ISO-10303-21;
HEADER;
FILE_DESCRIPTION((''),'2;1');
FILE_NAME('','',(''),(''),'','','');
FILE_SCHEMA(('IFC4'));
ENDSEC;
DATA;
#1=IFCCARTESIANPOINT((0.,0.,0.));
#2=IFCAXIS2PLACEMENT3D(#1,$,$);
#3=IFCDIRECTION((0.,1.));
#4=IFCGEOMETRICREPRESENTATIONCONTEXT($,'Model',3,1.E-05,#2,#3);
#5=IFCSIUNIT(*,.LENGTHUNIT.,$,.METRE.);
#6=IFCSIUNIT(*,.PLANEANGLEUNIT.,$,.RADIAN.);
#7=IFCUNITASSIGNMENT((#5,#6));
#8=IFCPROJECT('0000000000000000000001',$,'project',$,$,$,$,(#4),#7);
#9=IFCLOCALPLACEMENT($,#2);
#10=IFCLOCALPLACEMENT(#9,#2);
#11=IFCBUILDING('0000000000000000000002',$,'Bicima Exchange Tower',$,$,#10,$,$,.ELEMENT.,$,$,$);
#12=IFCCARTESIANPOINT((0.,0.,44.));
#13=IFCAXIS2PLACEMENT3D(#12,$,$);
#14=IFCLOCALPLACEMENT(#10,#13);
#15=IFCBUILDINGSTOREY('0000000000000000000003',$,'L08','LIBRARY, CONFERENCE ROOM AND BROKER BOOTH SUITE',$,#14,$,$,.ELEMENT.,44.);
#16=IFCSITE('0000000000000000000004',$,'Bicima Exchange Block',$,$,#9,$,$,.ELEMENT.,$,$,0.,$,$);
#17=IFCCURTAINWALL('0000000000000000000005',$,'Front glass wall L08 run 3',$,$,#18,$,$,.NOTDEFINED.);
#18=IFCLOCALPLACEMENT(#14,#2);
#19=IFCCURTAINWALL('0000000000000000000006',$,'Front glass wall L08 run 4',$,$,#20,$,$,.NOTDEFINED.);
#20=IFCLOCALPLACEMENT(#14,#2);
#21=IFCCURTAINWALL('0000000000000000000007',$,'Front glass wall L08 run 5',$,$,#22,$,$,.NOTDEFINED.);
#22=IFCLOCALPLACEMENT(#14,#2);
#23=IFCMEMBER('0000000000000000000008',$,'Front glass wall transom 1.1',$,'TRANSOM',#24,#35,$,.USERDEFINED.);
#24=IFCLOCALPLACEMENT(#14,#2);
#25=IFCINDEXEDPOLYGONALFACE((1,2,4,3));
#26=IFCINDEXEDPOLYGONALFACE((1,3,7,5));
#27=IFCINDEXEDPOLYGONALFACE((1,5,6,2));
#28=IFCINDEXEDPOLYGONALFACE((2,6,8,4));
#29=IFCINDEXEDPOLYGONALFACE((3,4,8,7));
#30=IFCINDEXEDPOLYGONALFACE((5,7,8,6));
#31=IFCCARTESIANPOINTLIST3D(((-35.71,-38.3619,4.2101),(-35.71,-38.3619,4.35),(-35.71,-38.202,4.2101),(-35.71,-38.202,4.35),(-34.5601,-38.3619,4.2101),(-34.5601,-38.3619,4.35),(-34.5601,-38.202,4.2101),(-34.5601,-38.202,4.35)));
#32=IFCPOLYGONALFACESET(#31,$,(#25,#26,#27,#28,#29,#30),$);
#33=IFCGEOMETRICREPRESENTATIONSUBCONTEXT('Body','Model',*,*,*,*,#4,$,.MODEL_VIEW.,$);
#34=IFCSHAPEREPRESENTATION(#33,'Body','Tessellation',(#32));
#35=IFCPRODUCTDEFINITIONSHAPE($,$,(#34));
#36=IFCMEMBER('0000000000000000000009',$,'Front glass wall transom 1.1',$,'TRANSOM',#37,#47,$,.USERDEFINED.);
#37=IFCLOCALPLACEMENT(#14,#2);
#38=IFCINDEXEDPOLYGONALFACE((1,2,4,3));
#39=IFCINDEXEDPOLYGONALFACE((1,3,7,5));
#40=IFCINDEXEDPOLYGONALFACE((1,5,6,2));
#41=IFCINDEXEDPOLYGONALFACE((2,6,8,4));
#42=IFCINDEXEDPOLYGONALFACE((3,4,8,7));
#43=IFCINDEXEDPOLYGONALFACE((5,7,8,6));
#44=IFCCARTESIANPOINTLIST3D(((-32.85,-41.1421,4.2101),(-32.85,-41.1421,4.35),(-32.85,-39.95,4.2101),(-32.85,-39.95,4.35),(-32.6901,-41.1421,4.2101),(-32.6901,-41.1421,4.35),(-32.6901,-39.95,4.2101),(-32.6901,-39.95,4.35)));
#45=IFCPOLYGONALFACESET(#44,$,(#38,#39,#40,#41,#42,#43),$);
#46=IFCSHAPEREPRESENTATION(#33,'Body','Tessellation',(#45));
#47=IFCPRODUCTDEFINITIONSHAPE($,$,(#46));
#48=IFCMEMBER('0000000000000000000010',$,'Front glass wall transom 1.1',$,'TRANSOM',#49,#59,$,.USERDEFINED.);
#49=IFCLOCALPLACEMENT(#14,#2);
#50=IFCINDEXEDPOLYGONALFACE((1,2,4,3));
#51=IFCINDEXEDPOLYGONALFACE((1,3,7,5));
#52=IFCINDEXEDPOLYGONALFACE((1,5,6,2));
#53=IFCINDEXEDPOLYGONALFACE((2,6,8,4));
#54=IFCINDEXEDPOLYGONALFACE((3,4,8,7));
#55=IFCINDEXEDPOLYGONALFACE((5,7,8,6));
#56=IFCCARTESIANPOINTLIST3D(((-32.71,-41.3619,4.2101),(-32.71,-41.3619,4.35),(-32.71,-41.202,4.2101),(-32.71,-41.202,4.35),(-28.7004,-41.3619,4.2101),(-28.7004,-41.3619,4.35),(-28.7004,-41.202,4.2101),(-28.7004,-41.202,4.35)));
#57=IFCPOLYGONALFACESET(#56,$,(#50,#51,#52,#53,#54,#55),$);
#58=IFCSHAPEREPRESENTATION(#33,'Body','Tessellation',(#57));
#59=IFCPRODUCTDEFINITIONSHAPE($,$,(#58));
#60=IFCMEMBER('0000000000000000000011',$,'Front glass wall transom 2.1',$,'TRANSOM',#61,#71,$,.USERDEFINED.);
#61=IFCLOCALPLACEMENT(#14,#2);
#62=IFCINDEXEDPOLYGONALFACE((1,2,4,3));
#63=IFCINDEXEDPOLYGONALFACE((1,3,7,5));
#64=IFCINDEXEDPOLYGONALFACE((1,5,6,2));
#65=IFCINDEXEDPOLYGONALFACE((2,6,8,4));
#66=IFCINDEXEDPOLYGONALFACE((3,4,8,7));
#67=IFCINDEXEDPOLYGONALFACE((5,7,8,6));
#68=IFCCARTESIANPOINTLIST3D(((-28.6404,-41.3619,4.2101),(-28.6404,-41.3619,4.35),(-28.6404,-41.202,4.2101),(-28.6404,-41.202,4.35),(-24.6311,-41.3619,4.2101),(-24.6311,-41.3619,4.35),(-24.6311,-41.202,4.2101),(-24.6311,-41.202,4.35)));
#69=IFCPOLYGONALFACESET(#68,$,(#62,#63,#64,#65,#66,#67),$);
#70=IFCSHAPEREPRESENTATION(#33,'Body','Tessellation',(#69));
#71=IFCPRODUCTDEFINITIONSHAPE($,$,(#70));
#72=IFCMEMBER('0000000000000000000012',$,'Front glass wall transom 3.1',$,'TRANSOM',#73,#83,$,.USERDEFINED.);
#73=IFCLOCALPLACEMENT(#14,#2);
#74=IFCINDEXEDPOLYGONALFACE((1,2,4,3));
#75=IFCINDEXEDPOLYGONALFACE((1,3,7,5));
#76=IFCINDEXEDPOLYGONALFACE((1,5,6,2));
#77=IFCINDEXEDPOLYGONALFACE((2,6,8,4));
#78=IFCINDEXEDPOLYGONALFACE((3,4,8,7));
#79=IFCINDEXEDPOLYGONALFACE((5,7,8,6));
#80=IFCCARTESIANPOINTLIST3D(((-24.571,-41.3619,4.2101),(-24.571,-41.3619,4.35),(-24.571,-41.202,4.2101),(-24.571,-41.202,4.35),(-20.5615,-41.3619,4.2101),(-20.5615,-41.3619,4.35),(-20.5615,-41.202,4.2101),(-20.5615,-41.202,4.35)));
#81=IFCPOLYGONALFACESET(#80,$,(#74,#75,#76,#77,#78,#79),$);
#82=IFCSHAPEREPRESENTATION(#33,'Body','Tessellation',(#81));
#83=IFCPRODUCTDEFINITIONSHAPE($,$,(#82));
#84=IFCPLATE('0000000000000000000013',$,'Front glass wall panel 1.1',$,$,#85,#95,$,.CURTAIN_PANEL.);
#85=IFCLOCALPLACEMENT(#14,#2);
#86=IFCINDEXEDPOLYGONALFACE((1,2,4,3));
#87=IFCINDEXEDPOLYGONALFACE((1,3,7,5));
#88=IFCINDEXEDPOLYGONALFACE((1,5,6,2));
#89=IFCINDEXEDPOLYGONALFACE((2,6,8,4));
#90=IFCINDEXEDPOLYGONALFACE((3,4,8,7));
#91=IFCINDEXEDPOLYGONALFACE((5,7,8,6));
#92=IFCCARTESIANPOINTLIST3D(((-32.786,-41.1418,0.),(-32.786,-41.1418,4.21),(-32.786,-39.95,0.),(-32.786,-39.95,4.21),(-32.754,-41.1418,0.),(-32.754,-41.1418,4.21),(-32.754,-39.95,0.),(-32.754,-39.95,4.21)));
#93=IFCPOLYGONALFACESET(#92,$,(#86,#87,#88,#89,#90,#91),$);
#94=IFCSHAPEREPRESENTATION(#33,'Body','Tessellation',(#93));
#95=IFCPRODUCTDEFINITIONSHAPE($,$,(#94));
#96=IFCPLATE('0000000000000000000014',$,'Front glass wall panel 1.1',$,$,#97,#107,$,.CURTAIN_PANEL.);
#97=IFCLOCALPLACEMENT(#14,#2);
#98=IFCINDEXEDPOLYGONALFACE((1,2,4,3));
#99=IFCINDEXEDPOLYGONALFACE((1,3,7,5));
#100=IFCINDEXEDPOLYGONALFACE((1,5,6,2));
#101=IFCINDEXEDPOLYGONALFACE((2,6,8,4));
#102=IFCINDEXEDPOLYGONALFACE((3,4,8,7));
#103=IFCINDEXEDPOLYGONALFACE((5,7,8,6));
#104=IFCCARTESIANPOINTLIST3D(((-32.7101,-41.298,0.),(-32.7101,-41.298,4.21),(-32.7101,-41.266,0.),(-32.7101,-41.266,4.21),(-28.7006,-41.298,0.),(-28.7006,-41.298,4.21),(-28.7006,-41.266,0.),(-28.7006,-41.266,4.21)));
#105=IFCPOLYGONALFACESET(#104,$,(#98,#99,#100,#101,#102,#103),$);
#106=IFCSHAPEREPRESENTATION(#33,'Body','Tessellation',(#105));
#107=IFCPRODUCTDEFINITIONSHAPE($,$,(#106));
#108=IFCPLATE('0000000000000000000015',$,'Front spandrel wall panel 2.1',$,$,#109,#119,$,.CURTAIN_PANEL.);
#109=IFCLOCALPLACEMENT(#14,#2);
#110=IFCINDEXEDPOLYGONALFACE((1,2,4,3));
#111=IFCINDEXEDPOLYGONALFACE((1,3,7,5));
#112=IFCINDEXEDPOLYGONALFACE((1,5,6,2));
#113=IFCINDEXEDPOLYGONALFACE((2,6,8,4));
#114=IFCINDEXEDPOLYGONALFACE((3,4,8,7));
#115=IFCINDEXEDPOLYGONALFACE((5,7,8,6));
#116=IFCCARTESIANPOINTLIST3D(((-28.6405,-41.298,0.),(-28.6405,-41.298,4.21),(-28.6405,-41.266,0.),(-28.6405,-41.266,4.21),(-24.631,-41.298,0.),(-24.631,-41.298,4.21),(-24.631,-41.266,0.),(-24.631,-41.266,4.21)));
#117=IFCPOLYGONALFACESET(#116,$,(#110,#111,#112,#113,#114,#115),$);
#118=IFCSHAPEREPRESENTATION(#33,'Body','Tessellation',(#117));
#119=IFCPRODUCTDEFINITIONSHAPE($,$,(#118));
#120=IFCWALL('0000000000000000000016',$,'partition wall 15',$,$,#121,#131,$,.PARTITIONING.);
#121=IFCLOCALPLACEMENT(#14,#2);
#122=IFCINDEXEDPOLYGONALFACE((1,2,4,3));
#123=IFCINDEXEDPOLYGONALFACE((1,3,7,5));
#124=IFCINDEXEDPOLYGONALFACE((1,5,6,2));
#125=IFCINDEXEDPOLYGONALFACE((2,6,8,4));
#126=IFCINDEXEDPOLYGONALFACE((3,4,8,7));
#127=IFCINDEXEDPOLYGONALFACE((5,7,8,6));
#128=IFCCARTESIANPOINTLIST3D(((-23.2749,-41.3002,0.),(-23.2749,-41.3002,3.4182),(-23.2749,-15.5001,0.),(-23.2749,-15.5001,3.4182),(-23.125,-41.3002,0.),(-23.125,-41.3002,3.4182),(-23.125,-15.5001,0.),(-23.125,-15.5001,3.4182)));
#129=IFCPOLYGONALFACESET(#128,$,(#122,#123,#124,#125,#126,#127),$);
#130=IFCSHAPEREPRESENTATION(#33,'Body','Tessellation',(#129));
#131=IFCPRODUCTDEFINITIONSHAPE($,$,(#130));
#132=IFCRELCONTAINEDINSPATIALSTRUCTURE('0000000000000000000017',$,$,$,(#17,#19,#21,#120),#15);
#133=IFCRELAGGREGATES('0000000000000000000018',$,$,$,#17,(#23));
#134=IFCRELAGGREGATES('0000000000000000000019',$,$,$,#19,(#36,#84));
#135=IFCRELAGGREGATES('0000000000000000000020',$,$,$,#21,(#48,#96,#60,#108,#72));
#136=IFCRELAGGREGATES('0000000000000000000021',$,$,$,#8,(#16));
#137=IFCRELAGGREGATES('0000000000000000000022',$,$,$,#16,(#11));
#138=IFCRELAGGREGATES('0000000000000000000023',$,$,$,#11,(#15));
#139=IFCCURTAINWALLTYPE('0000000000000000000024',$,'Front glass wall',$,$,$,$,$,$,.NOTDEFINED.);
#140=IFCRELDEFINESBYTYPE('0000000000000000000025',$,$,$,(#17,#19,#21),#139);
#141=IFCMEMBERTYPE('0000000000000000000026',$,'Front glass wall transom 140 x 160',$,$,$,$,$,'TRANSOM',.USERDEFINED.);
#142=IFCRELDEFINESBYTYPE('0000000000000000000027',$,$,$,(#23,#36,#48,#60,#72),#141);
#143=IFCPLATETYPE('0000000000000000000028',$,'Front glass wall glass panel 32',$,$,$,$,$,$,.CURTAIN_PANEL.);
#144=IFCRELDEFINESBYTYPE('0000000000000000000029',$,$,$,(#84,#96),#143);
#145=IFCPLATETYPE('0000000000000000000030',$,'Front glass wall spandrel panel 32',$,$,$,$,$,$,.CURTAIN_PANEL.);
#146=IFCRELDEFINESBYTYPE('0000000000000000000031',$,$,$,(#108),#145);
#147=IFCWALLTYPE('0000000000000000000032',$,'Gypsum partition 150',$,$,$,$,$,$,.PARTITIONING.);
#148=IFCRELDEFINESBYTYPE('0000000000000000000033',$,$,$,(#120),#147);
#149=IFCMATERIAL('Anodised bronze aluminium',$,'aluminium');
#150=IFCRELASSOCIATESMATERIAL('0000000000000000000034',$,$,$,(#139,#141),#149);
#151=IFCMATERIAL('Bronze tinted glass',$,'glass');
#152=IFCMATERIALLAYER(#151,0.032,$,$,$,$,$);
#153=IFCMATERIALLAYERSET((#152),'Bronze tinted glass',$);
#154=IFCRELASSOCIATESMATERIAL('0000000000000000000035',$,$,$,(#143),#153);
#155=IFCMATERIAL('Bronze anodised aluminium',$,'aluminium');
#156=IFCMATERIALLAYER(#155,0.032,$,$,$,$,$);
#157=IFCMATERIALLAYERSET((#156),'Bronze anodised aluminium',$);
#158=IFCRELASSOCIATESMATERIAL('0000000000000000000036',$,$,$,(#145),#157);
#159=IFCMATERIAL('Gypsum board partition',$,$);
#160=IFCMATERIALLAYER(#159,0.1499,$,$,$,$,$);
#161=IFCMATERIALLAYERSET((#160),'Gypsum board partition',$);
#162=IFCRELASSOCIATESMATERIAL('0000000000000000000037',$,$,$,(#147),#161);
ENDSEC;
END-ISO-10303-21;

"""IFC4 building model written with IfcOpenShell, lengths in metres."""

from ifc_helpers import new_model, si_unit, direction, frame, frame_2d, origin, origin_2d, place, context, subcontext, project, spatial, rectangle, extrude, material, layer, layer_set, material_profile, profile_set, type_object, element, aggregate, save


model = new_model("IFC4")

# Units and contexts
model_context = context("Model", 3, precision=1e-05, world=origin(), true_north=direction((0.0, 1.0)))
body_context = subcontext(model_context, "Body", "Model", "MODEL_VIEW")
ifc_project = project(units=[si_unit("LENGTHUNIT", "METRE"), si_unit("PLANEANGLEUNIT", "RADIAN")], contexts=[model_context])

# Site, building, storey
site_placement = place(None, origin())
site = spatial("IfcSite", under=ifc_project, at=site_placement, Name="Bicima Exchange Block", CompositionType="ELEMENT", RefElevation=0.0)
building_placement = place(site_placement, origin())
building = spatial("IfcBuilding", under=site, at=building_placement, Name="Bicima Exchange Tower", CompositionType="ELEMENT")
storey_placement = place(building_placement, frame((0.0, 0.0, 44.0)))
storey = spatial("IfcBuildingStorey", under=building, at=storey_placement, Name="L08", Description="LIBRARY, CONFERENCE ROOM AND BROKER BOOTH SUITE", CompositionType="ELEMENT", Elevation=44.0)

# Curtain wall
ifc_material_1 = material(Name="Anodised bronze aluminium", Category="aluminium")
curtain_wall_type = type_object("IfcCurtainWallType", Name="Front glass wall", PredefinedType="NOTDEFINED", material=ifc_material_1)
curtain_wall_1_placement = place(storey_placement, origin())
curtain_wall_1 = element("IfcCurtainWall", 1, at=curtain_wall_1_placement, inside=storey, type_object=curtain_wall_type, Name="Front glass wall L08 run 3", PredefinedType="NOTDEFINED")

# Curtain walls
curtain_wall_2_placement = place(storey_placement, origin())
curtain_wall_2 = element("IfcCurtainWall", 2, at=curtain_wall_2_placement, inside=storey, type_object=curtain_wall_type, Name="Front glass wall L08 run 4", PredefinedType="NOTDEFINED")
curtain_wall_3_placement = place(storey_placement, origin())
curtain_wall_3 = element("IfcCurtainWall", 3, at=curtain_wall_3_placement, inside=storey, type_object=curtain_wall_type, Name="Front glass wall L08 run 5", PredefinedType="NOTDEFINED")

# Members
ifc_material_profile_1 = material_profile(ifc_material_1, rectangle(XDim=0.1599, YDim=0.1399, at=origin_2d()))
ifc_profile_set_1 = profile_set([ifc_material_profile_1], Name="Anodised bronze aluminium")
member_type_1 = type_object("IfcMemberType", Name="Front glass wall transom 140 x 160", ElementType="TRANSOM", PredefinedType="USERDEFINED", material=ifc_profile_set_1)
member_1_placement = place(storey_placement, frame((-35.71, -38.282, 4.28), z_axis=(1.0, 0.0, 0.0), x_axis=(0.0, 1.0, 0.0)))
member_1 = element("IfcMember", 4, at=member_1_placement, type_object=member_type_1, Name="Front glass wall transom 1.1", ObjectType="TRANSOM", PredefinedType="USERDEFINED", context=body_context, shape_type="SweptSolid", body=[
    extrude(rectangle(XDim=0.1599, YDim=0.1399, at=origin_2d()), origin(), (0.0, 0.0, 1.0), 1.1499),
])
aggregate(curtain_wall_1, [member_1])
member_2_placement = place(storey_placement, frame((-32.77, -39.95, 4.28), z_axis=(0.0, -1.0, 0.0), x_axis=(1.0, 0.0, 0.0)))
member_2 = element("IfcMember", 5, at=member_2_placement, type_object=member_type_1, Name="Front glass wall transom 1.1", ObjectType="TRANSOM", PredefinedType="USERDEFINED", context=body_context, shape_type="SweptSolid", body=[
    extrude(rectangle(XDim=0.1599, YDim=0.1399, at=origin_2d()), origin(), (0.0, 0.0, 1.0), 1.1921),
])
member_3_placement = place(storey_placement, frame((-32.71, -41.282, 4.28), z_axis=(1.0, 0.0, 0.0), x_axis=(0.0, 1.0, 0.0)))
member_3 = element("IfcMember", 6, at=member_3_placement, type_object=member_type_1, Name="Front glass wall transom 1.1", ObjectType="TRANSOM", PredefinedType="USERDEFINED", context=body_context, shape_type="SweptSolid", body=[
    extrude(rectangle(XDim=0.1599, YDim=0.1399, at=origin_2d()), origin(), (0.0, 0.0, 1.0), 4.0095),
])
member_4_placement = place(storey_placement, frame((-28.6404, -41.282, 4.28), z_axis=(1.0, 0.0, 0.0), x_axis=(0.0, 1.0, 0.0)))
member_4 = element("IfcMember", 7, at=member_4_placement, type_object=member_type_1, Name="Front glass wall transom 2.1", ObjectType="TRANSOM", PredefinedType="USERDEFINED", context=body_context, shape_type="SweptSolid", body=[
    extrude(rectangle(XDim=0.1599, YDim=0.1399, at=origin_2d()), origin(), (0.0, 0.0, 1.0), 4.0093),
])
member_5_placement = place(storey_placement, frame((-24.571, -41.282, 4.28), z_axis=(1.0, 0.0, 0.0), x_axis=(0.0, 1.0, 0.0)))
member_5 = element("IfcMember", 8, at=member_5_placement, type_object=member_type_1, Name="Front glass wall transom 3.1", ObjectType="TRANSOM", PredefinedType="USERDEFINED", context=body_context, shape_type="SweptSolid", body=[
    extrude(rectangle(XDim=0.1599, YDim=0.1399, at=origin_2d()), origin(), (0.0, 0.0, 1.0), 4.0095),
])

# Plates
ifc_material_2 = material(Name="Bronze tinted glass", Category="glass")
ifc_layer_1 = layer(ifc_material_2, 0.032)
ifc_layer_set_1 = layer_set([ifc_layer_1], Name="Bronze tinted glass")
plate_type_1 = type_object("IfcPlateType", Name="Front glass wall glass panel 32", PredefinedType="CURTAIN_PANEL", material=ifc_layer_set_1)
plate_1_placement = place(storey_placement, frame((-32.77, -40.5459, 0.0), z_axis=(0.0, 0.0, 1.0), x_axis=(0.0, -1.0, 0.0)))
plate_1 = element("IfcPlate", 9, at=plate_1_placement, type_object=plate_type_1, Name="Front glass wall panel 1.1", PredefinedType="CURTAIN_PANEL", context=body_context, shape_type="SweptSolid", body=[
    extrude(rectangle(XDim=1.1919, YDim=0.032, at=origin_2d()), origin(), (0.0, 0.0, 1.0), 4.21),
])
aggregate(curtain_wall_2, [member_2, plate_1])
plate_2_placement = place(storey_placement, frame((-30.7053, -41.282, 0.0), z_axis=(0.0, 0.0, 1.0), x_axis=(1.0, 0.0, 0.0)))
plate_2 = element("IfcPlate", 10, at=plate_2_placement, type_object=plate_type_1, Name="Front glass wall panel 1.1", PredefinedType="CURTAIN_PANEL", context=body_context, shape_type="SweptSolid", body=[
    extrude(rectangle(XDim=4.0095, YDim=0.032, at=origin_2d()), origin(), (0.0, 0.0, 1.0), 4.21),
])
ifc_material_3 = material(Name="Bronze anodised aluminium", Category="aluminium")
ifc_layer_2 = layer(ifc_material_3, 0.032)
ifc_layer_set_2 = layer_set([ifc_layer_2], Name="Bronze anodised aluminium")
plate_type_2 = type_object("IfcPlateType", Name="Front glass wall spandrel panel 32", PredefinedType="CURTAIN_PANEL", material=ifc_layer_set_2)
plate_3_placement = place(storey_placement, frame((-26.6357, -41.282, 0.0), z_axis=(0.0, 0.0, 1.0), x_axis=(1.0, 0.0, 0.0)))
plate_3 = element("IfcPlate", 11, at=plate_3_placement, type_object=plate_type_2, Name="Front spandrel wall panel 2.1", PredefinedType="CURTAIN_PANEL", context=body_context, shape_type="SweptSolid", body=[
    extrude(rectangle(XDim=4.0095, YDim=0.032, at=origin_2d()), origin(), (0.0, 0.0, 1.0), 4.21),
])
aggregate(curtain_wall_3, [member_3, plate_2, member_4, plate_3, member_5])

# Wall
ifc_material_4 = material(Name="Gypsum board partition")
ifc_layer_3 = layer(ifc_material_4, 0.1499)
ifc_layer_set_3 = layer_set([ifc_layer_3], Name="Gypsum board partition")
wall_type = type_object("IfcWallType", Name="Gypsum partition 150", PredefinedType="PARTITIONING", material=ifc_layer_set_3)
wall_placement = place(storey_placement, frame((-23.2, -41.3, 0.0), z_axis=(0.0, 0.0, 1.0), x_axis=(0.0, 1.0, 0.0)))
element("IfcWall", 12, at=wall_placement, inside=storey, type_object=wall_type, Name="partition wall 15", PredefinedType="PARTITIONING", context=body_context, shape_type="SweptSolid", body=[
    extrude(rectangle(XDim=25.8, YDim=0.1499, at=frame_2d((12.8999, 0.0))), origin(), (0.0, 0.0, 1.0), 3.4182),
])

save(model, "model.ifc")
